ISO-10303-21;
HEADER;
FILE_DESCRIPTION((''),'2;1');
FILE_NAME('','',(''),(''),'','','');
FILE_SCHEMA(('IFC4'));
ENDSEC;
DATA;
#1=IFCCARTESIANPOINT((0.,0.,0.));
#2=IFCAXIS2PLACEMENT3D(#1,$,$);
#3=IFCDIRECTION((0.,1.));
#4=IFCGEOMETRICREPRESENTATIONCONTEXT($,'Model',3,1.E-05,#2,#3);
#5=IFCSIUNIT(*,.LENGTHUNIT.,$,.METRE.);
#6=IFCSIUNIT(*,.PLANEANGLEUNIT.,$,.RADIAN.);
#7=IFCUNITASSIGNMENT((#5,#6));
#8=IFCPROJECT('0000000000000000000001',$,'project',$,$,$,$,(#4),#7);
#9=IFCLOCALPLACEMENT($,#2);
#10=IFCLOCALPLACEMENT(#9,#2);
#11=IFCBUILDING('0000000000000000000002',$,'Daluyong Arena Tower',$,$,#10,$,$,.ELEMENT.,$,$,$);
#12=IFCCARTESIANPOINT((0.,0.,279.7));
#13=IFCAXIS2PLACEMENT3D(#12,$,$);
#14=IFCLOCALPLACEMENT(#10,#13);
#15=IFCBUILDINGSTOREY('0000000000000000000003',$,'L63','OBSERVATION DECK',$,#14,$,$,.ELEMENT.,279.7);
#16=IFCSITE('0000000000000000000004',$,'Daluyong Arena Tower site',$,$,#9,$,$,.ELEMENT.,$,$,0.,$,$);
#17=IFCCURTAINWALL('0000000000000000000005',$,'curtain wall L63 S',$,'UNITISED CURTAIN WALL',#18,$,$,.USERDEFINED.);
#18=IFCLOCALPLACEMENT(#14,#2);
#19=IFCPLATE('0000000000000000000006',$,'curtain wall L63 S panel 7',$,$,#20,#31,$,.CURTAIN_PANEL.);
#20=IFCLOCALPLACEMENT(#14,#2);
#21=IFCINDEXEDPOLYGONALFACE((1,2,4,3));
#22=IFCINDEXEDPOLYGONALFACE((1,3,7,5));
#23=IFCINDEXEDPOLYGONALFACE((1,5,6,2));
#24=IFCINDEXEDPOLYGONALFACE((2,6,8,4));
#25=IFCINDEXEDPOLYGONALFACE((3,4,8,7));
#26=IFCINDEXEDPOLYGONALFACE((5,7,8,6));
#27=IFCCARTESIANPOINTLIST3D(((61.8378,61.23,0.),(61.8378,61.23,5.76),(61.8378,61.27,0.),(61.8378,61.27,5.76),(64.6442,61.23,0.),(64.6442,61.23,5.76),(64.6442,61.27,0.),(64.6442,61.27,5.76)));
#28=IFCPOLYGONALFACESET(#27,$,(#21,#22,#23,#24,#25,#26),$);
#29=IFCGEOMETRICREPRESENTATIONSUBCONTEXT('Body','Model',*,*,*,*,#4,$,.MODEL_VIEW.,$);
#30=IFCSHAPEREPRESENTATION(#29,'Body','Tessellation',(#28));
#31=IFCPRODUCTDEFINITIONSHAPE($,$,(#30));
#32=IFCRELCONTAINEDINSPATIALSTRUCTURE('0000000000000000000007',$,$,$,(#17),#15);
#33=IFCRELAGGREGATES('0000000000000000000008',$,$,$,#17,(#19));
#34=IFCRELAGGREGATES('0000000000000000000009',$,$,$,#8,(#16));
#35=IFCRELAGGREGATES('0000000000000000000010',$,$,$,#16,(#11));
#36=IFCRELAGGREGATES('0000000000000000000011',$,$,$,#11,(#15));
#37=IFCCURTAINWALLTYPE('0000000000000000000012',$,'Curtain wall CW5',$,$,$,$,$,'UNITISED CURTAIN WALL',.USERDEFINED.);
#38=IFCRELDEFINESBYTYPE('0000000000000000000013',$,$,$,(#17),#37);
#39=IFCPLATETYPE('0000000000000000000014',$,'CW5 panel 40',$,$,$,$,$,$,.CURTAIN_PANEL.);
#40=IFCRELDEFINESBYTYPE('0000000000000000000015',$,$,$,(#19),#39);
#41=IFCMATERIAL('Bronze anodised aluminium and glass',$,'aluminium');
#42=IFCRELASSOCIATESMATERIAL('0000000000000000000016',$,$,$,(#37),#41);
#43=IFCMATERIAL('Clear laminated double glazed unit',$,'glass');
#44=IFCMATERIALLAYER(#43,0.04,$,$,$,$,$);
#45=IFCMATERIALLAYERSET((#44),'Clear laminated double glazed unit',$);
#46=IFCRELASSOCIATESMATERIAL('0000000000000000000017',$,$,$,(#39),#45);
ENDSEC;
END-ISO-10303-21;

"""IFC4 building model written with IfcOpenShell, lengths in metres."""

from ifc_helpers import new_model, si_unit, direction, frame, origin, origin_2d, place, context, subcontext, project, spatial, rectangle, extrude, material, layer, layer_set, type_object, element, aggregate, save


model = new_model("IFC4")

# Units and contexts
model_context = context("Model", 3, precision=1e-05, world=origin(), true_north=direction((0.0, 1.0)))
body_context = subcontext(model_context, "Body", "Model", "MODEL_VIEW")
ifc_project = project(units=[si_unit("LENGTHUNIT", "METRE"), si_unit("PLANEANGLEUNIT", "RADIAN")], contexts=[model_context])

# Site, building, storey
site_placement = place(None, origin())
site = spatial("IfcSite", under=ifc_project, at=site_placement, Name="Daluyong Arena Tower site", CompositionType="ELEMENT", RefElevation=0.0)
building_placement = place(site_placement, origin())
building = spatial("IfcBuilding", under=site, at=building_placement, Name="Daluyong Arena Tower", CompositionType="ELEMENT")
storey_placement = place(building_placement, frame((0.0, 0.0, 279.7)))
storey = spatial("IfcBuildingStorey", under=building, at=storey_placement, Name="L63", Description="OBSERVATION DECK", CompositionType="ELEMENT", Elevation=279.7)

# Curtain wall
ifc_material_1 = material(Name="Bronze anodised aluminium and glass", Category="aluminium")
curtain_wall_type = type_object("IfcCurtainWallType", Name="Curtain wall CW5", ElementType="UNITISED CURTAIN WALL", PredefinedType="USERDEFINED", material=ifc_material_1)
curtain_wall_placement = place(storey_placement, origin())
curtain_wall = element("IfcCurtainWall", 1, at=curtain_wall_placement, inside=storey, type_object=curtain_wall_type, Name="curtain wall L63 S", ObjectType="UNITISED CURTAIN WALL", PredefinedType="USERDEFINED")

# Plate
ifc_material_2 = material(Name="Clear laminated double glazed unit", Category="glass")
ifc_layer = layer(ifc_material_2, 0.04)
ifc_layer_set = layer_set([ifc_layer], Name="Clear laminated double glazed unit")
plate_type = type_object("IfcPlateType", Name="CW5 panel 40", PredefinedType="CURTAIN_PANEL", material=ifc_layer_set)
plate_1_placement = place(storey_placement, frame((63.241, 61.25, 0.0), z_axis=(0.0, 0.0, 1.0), x_axis=(1.0, 0.0, 0.0)))
plate_1 = element("IfcPlate", 2, at=plate_1_placement, type_object=plate_type, Name="curtain wall L63 S panel 7", PredefinedType="CURTAIN_PANEL", context=body_context, shape_type="SweptSolid", body=[
    extrude(rectangle(XDim=2.8064, YDim=0.04, at=origin_2d()), origin(), (0.0, 0.0, 1.0), 5.76),
])
aggregate(curtain_wall, [plate_1])

save(model, "model.ifc")
